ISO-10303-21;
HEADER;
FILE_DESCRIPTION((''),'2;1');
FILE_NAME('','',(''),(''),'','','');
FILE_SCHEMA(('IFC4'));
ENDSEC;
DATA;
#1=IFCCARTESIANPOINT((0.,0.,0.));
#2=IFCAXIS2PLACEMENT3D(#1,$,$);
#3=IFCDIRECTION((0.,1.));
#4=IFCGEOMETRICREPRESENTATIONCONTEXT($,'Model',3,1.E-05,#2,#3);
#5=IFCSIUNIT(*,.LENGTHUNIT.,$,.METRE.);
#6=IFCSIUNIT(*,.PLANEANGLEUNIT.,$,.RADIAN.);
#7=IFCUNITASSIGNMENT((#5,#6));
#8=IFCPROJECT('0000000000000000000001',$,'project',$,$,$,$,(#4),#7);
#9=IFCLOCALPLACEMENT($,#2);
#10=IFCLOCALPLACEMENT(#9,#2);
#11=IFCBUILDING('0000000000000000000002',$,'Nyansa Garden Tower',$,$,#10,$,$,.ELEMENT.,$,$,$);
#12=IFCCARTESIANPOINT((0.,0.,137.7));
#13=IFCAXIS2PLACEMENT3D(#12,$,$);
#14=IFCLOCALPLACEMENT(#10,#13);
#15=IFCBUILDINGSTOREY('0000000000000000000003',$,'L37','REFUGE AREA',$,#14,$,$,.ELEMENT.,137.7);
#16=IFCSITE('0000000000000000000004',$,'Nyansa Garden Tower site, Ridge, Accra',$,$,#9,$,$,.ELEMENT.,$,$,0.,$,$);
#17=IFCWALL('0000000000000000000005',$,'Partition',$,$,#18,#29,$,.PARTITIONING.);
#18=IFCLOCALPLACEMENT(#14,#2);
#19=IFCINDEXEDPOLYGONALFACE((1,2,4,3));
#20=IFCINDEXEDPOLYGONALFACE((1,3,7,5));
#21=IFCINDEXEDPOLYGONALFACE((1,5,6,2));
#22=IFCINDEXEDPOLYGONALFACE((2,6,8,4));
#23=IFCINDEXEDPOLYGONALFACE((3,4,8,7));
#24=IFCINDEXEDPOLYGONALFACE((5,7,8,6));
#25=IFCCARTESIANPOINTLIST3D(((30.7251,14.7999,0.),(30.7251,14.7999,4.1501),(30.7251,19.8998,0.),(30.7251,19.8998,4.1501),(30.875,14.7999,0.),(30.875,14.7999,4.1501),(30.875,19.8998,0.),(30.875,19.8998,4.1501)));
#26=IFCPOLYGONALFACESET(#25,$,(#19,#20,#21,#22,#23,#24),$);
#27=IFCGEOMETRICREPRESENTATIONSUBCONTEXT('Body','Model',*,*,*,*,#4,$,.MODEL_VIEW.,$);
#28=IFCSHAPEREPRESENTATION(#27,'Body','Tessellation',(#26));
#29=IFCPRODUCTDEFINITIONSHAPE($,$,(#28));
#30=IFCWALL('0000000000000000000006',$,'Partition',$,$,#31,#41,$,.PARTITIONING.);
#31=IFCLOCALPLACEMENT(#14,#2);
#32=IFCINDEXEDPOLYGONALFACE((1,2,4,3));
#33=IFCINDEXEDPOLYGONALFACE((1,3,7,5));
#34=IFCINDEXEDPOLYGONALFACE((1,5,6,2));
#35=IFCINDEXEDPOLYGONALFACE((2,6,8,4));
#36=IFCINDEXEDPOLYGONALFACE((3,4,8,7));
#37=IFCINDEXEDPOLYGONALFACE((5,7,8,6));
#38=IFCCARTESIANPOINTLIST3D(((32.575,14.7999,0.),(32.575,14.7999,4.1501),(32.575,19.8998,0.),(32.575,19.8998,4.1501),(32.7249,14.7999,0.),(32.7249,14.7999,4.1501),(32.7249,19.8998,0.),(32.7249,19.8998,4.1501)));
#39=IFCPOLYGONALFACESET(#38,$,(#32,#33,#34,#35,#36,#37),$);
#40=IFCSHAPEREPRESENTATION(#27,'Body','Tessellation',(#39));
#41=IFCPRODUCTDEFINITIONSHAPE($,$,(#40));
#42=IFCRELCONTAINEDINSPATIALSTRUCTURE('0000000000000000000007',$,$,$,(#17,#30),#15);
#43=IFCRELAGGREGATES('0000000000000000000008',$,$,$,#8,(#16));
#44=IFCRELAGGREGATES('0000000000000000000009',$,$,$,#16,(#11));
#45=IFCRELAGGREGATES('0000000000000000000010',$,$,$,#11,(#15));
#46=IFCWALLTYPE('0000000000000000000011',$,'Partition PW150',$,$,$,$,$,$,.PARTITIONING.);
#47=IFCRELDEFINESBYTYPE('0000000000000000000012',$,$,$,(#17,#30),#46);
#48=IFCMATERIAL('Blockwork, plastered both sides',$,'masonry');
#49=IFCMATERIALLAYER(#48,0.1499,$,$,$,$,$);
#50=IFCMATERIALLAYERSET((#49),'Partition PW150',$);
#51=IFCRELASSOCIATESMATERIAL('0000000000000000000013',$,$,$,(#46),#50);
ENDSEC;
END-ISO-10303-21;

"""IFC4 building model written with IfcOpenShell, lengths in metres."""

from ifc_helpers import new_model, si_unit, direction, frame, frame_2d, origin, place, context, subcontext, project, spatial, rectangle, extrude, material, layer, layer_set, type_object, element, save


model = new_model("IFC4")

# Units and contexts
model_context = context("Model", 3, precision=1e-05, world=origin(), true_north=direction((0.0, 1.0)))
body_context = subcontext(model_context, "Body", "Model", "MODEL_VIEW")
ifc_project = project(units=[si_unit("LENGTHUNIT", "METRE"), si_unit("PLANEANGLEUNIT", "RADIAN")], contexts=[model_context])

# Site, building, storey
site_placement = place(None, origin())
site = spatial("IfcSite", under=ifc_project, at=site_placement, Name="Nyansa Garden Tower site, Ridge, Accra", CompositionType="ELEMENT", RefElevation=0.0)
building_placement = place(site_placement, origin())
building = spatial("IfcBuilding", under=site, at=building_placement, Name="Nyansa Garden Tower", CompositionType="ELEMENT")
storey_placement = place(building_placement, frame((0.0, 0.0, 137.7)))
storey = spatial("IfcBuildingStorey", under=building, at=storey_placement, Name="L37", Description="REFUGE AREA", CompositionType="ELEMENT", Elevation=137.7)

# Walls
ifc_material_1 = material(Name="Blockwork, plastered both sides", Category="masonry")
ifc_layer_1 = layer(ifc_material_1, 0.1499)
ifc_layer_set_1 = layer_set([ifc_layer_1], Name="Partition PW150")
wall_type_1 = type_object("IfcWallType", Name="Partition PW150", PredefinedType="PARTITIONING", material=ifc_layer_set_1)
for number, where, z_axis, x_axis, name in (
    (1, (30.8, 14.8, 0.0), (0.0, 0.0, 1.0), (0.0, 1.0, 0.0), "Partition"),
    (2, (32.6499, 14.8, 0.0), (0.0, 0.0, 1.0), (0.0, 1.0, 0.0), "Partition"),
):
    element("IfcWall", number, at=place(storey_placement, frame(where, z_axis=z_axis, x_axis=x_axis)), inside=storey, type_object=wall_type_1, Name=name, PredefinedType="PARTITIONING", context=body_context, shape_type="SweptSolid", body=[
        extrude(rectangle(XDim=5.0999, YDim=0.1499, at=frame_2d((2.5498, 0.0))), origin(), (0.0, 0.0, 1.0), 4.1501),
    ])

save(model, "model.ifc")
